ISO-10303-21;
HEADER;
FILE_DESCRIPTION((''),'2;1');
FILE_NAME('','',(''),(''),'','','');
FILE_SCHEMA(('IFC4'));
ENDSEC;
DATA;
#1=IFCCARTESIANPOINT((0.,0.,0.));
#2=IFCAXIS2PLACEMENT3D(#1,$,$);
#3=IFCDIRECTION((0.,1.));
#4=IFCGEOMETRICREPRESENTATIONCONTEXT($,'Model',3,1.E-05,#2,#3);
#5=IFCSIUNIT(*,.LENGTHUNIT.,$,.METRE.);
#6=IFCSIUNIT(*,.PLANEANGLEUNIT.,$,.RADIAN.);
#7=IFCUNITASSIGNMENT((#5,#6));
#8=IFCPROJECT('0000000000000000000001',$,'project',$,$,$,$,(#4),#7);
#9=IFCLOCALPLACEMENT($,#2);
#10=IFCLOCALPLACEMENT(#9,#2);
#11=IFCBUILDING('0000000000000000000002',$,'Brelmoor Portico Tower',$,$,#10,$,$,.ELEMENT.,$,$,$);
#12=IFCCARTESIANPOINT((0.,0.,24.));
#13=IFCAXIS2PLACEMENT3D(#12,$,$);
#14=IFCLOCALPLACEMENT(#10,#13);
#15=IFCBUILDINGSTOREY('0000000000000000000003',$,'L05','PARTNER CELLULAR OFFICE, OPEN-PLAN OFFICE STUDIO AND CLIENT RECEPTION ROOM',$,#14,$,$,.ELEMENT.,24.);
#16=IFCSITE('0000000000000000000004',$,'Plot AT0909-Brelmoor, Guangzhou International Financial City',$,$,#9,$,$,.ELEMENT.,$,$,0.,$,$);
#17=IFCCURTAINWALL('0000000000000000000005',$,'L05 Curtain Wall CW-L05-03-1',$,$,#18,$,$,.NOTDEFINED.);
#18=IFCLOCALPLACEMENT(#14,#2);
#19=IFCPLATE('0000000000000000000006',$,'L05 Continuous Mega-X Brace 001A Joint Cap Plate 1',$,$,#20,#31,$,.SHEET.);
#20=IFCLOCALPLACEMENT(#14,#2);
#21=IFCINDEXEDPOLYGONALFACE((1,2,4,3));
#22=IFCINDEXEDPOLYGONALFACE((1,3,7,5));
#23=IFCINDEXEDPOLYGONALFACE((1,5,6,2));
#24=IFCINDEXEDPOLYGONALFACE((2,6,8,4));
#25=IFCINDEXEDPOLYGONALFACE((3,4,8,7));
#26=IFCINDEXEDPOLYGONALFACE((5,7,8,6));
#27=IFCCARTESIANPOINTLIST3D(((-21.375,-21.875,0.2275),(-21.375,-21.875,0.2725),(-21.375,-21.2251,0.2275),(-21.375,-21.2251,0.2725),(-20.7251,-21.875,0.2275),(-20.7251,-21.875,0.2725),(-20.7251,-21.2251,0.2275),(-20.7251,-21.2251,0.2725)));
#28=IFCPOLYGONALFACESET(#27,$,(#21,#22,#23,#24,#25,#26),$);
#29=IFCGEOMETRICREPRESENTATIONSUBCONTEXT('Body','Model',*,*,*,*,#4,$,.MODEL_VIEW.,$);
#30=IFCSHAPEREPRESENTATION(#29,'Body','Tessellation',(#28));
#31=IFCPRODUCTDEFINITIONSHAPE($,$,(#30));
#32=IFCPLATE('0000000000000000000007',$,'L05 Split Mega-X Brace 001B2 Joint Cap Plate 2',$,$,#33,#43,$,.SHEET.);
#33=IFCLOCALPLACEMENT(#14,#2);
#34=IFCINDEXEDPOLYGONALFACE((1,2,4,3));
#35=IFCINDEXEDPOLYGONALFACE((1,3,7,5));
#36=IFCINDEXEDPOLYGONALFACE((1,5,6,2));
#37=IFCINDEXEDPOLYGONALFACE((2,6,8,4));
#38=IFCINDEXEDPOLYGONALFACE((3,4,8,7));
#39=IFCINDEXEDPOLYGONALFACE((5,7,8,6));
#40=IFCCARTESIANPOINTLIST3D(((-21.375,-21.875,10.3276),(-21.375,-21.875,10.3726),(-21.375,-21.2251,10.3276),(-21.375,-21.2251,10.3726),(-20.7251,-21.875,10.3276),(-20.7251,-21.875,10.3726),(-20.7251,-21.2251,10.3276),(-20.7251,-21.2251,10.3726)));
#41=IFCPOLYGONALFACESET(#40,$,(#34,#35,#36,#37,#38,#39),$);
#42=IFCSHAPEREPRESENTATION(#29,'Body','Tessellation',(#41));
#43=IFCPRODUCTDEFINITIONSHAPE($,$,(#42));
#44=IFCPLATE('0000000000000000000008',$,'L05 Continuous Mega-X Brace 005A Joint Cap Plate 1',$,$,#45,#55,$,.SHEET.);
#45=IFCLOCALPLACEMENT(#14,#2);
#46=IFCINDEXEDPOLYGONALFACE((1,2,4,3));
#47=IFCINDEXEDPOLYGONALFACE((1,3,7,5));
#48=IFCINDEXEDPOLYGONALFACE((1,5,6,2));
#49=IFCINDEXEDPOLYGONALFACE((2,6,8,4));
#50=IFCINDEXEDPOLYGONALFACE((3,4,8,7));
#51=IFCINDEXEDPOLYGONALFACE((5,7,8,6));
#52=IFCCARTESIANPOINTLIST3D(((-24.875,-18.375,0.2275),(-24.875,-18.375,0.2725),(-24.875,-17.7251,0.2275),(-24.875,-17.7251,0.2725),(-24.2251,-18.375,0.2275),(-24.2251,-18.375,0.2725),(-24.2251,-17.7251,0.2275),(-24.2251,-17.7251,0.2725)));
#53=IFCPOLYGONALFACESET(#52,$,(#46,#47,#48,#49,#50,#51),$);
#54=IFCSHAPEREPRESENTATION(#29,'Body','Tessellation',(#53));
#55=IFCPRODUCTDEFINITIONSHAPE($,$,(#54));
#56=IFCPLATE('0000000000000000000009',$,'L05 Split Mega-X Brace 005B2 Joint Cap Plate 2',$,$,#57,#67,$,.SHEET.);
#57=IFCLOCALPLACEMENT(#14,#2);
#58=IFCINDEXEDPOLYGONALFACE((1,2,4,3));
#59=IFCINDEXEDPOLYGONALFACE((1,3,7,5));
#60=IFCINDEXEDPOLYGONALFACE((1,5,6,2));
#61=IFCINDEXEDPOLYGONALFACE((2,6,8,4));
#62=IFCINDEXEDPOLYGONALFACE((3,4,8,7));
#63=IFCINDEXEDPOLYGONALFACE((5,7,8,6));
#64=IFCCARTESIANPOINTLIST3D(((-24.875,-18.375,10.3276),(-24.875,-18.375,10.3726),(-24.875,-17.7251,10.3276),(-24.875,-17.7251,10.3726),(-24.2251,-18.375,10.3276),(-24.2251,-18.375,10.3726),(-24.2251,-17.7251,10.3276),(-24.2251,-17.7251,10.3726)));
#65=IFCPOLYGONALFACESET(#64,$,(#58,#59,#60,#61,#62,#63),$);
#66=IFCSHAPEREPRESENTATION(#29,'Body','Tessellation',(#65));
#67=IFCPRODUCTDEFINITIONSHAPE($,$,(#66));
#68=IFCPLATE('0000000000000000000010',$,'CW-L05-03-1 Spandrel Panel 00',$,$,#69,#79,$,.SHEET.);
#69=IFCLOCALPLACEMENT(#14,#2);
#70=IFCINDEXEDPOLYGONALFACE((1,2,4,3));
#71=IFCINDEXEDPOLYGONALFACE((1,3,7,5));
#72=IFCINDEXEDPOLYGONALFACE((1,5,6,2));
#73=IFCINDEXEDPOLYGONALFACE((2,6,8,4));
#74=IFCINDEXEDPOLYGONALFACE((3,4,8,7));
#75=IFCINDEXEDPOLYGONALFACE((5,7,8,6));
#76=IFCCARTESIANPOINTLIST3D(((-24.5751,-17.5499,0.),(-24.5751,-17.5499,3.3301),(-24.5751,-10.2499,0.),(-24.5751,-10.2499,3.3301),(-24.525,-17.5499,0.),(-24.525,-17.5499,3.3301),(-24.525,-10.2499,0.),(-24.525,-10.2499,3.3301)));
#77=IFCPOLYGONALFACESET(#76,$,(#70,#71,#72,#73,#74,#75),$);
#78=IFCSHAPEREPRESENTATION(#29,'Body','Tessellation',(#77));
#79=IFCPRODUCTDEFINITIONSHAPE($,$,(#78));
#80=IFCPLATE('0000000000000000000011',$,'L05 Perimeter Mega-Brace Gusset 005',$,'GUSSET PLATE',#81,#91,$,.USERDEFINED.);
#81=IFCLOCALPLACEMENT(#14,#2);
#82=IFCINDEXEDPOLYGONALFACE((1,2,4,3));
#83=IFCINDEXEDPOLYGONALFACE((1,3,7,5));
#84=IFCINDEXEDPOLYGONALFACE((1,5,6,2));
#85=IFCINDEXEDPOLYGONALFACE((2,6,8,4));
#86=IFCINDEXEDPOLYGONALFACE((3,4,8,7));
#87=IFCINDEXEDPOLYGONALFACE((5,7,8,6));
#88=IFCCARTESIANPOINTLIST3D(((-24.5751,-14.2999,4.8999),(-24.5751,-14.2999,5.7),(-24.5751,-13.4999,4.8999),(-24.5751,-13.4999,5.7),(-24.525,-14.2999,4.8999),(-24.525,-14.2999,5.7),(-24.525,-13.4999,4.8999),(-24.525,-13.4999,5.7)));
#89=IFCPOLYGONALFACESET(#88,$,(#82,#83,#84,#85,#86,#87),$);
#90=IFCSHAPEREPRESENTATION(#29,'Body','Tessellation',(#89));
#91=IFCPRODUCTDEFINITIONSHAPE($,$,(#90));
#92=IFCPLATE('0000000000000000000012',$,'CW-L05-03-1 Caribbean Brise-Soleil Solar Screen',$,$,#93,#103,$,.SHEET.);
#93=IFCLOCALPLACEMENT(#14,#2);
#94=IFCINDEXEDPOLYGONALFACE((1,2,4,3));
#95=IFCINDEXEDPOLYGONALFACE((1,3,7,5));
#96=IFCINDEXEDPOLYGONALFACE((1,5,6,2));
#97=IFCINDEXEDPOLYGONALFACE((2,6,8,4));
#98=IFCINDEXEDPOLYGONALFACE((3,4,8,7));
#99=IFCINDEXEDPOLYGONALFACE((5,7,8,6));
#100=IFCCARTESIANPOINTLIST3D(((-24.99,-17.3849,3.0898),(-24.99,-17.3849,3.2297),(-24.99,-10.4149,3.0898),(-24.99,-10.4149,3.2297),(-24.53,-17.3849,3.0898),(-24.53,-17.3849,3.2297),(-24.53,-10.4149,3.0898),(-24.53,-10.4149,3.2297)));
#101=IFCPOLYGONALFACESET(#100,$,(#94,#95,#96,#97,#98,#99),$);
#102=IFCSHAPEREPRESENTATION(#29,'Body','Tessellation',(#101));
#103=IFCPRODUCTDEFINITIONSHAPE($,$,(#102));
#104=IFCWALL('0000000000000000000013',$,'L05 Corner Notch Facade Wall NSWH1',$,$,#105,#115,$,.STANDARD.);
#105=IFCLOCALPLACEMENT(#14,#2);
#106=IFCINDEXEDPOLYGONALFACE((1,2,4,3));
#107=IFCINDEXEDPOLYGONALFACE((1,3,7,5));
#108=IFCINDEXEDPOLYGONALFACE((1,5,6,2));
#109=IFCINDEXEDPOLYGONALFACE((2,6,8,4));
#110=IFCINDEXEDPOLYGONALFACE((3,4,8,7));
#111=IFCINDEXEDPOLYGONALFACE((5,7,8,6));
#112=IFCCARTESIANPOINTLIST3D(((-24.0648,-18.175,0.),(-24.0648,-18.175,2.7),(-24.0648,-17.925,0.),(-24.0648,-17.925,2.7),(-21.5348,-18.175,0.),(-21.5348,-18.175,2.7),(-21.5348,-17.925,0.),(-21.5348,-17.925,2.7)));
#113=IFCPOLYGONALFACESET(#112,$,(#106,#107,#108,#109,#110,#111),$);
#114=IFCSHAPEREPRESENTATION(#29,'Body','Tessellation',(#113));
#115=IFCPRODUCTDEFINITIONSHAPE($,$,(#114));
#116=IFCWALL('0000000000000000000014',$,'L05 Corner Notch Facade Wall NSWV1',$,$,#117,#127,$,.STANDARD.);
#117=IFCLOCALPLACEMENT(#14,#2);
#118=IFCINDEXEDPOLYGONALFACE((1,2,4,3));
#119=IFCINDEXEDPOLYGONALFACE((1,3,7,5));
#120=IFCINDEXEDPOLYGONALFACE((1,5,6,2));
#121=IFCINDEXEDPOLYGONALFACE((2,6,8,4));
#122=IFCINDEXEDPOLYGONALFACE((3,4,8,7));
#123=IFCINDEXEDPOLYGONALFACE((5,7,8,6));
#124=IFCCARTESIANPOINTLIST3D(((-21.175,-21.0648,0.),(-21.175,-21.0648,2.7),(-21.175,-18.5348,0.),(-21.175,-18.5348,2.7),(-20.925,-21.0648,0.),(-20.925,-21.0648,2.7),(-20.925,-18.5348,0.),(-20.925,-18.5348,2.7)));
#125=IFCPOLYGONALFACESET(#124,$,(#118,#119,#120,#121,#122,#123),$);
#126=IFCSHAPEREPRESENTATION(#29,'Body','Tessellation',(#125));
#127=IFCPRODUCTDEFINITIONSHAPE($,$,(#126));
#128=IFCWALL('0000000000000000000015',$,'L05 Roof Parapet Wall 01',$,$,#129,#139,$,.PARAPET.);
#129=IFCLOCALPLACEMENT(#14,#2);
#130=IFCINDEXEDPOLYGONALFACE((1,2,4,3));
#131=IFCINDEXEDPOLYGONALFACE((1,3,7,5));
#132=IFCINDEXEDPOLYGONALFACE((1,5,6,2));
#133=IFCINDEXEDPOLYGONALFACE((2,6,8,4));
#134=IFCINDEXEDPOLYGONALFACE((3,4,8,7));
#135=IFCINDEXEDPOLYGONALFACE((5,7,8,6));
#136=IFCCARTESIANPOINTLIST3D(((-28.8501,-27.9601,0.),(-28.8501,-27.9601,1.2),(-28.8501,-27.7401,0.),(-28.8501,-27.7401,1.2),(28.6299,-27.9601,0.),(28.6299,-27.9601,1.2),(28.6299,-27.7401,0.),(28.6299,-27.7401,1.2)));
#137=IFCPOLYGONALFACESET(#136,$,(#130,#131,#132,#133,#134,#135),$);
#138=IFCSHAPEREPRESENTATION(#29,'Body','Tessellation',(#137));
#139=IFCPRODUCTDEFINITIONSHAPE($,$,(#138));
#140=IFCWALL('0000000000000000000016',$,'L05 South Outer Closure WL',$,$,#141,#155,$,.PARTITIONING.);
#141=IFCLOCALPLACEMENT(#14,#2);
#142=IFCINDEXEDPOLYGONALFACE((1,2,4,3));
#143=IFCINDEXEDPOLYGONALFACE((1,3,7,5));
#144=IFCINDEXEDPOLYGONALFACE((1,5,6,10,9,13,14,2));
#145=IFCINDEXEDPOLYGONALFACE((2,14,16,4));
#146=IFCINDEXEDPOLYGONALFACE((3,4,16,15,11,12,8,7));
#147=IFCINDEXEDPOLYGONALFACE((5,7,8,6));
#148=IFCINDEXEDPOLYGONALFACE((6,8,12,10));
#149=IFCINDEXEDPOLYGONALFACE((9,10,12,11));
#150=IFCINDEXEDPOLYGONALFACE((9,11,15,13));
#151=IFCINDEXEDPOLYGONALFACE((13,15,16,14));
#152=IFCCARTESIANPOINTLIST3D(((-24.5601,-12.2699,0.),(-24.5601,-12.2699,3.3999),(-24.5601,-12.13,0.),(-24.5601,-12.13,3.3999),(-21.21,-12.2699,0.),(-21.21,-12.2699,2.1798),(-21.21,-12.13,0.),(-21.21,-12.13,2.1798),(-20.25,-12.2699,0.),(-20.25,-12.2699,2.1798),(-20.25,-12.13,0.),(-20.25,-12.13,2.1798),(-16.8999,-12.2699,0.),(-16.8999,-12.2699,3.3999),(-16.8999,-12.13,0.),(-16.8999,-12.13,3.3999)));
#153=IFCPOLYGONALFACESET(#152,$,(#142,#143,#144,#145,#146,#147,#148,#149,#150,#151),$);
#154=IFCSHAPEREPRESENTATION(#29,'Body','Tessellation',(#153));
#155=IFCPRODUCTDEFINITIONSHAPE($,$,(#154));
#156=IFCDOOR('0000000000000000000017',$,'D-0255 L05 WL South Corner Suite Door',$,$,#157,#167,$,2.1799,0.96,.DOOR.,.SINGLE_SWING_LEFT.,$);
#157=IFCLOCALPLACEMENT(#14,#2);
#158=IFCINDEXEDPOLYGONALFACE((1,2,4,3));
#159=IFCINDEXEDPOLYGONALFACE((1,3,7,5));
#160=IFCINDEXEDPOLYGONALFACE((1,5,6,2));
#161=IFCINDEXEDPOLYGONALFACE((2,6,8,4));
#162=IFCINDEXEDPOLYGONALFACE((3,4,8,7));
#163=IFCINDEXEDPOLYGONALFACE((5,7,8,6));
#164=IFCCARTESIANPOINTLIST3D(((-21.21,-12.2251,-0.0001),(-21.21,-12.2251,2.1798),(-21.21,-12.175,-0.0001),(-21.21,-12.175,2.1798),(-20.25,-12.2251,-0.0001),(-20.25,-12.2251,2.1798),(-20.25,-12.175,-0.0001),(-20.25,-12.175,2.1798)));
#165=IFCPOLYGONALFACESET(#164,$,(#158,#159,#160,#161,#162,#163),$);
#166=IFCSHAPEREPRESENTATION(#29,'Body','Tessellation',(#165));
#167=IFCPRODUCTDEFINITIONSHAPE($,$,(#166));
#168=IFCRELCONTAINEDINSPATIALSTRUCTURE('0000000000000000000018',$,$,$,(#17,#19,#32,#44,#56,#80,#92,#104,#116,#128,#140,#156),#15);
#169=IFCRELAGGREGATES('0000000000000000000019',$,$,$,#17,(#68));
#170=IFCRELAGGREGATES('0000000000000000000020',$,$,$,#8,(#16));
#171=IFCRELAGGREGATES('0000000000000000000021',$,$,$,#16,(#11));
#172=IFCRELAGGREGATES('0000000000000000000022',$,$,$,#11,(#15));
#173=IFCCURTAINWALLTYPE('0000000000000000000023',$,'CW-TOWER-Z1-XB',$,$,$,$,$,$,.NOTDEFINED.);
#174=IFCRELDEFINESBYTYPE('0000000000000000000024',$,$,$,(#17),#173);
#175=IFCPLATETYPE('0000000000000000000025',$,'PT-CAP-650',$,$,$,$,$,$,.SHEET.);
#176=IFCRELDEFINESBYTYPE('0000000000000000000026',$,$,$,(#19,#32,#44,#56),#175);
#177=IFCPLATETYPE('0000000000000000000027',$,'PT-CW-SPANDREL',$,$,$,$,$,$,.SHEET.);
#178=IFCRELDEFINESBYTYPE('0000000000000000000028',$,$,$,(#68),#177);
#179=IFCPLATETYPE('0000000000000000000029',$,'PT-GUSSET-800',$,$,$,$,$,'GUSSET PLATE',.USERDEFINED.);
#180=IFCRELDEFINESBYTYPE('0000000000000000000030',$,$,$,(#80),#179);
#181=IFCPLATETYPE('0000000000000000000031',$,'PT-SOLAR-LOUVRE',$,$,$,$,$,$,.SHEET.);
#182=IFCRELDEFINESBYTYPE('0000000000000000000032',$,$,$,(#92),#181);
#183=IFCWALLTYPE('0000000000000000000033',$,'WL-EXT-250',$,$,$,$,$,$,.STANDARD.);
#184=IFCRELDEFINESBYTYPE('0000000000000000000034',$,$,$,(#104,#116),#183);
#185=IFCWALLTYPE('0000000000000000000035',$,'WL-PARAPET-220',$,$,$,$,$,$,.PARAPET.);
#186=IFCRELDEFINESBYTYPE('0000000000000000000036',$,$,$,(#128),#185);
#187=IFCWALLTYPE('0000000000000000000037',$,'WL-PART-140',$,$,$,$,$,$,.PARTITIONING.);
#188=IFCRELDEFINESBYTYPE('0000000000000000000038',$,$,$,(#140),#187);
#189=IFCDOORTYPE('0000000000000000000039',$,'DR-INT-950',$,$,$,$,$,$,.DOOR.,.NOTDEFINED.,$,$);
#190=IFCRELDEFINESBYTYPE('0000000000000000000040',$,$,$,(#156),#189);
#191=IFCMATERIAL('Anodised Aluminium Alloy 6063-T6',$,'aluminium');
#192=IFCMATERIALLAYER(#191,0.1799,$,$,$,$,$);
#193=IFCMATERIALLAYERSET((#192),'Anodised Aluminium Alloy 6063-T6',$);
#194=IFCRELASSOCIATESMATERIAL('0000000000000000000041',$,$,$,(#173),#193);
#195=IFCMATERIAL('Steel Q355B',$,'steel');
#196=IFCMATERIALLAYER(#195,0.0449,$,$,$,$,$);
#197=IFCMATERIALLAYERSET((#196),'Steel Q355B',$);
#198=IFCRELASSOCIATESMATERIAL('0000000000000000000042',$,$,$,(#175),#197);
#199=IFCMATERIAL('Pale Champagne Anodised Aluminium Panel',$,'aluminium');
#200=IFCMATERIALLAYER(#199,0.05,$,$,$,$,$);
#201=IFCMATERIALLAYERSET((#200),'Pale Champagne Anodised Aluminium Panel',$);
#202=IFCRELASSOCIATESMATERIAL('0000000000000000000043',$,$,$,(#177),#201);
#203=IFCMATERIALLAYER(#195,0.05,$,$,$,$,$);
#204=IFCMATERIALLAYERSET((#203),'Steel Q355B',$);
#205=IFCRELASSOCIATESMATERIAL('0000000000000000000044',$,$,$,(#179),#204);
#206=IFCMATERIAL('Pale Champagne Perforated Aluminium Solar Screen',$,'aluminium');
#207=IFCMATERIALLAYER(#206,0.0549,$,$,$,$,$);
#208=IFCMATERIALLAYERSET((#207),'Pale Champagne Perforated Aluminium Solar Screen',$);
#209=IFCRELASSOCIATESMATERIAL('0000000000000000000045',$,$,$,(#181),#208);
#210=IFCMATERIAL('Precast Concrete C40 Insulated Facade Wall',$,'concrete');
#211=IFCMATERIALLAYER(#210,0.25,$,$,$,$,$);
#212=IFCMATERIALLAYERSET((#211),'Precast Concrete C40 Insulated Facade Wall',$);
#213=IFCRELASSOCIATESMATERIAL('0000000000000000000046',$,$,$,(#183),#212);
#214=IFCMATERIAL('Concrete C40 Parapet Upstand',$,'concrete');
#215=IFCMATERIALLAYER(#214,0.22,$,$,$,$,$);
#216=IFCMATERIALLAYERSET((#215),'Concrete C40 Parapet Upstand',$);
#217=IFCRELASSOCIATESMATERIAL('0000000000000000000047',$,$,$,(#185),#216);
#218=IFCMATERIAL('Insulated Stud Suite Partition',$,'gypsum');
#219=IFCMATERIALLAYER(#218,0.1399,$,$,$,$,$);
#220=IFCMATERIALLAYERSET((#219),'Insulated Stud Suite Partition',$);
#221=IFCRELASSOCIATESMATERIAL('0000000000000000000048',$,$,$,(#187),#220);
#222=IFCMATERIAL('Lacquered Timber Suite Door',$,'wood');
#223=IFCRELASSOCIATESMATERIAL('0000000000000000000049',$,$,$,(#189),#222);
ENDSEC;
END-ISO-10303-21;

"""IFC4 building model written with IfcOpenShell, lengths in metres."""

from ifc_helpers import new_model, si_unit, direction, frame, frame_2d, origin, origin_2d, place, context, subcontext, project, spatial, rectangle, extrude, material, layer, layer_set, type_object, element, fill, aggregate, save


model = new_model("IFC4")

# Units and contexts
model_context = context("Model", 3, precision=1e-05, world=origin(), true_north=direction((0.0, 1.0)))
body_context = subcontext(model_context, "Body", "Model", "MODEL_VIEW")
ifc_project = project(units=[si_unit("LENGTHUNIT", "METRE"), si_unit("PLANEANGLEUNIT", "RADIAN")], contexts=[model_context])

# Site, building, storey
site_placement = place(None, origin())
site = spatial("IfcSite", under=ifc_project, at=site_placement, Name="Plot AT0909-Brelmoor, Guangzhou International Financial City", CompositionType="ELEMENT", RefElevation=0.0)
building_placement = place(site_placement, origin())
building = spatial("IfcBuilding", under=site, at=building_placement, Name="Brelmoor Portico Tower", CompositionType="ELEMENT")
storey_placement = place(building_placement, frame((0.0, 0.0, 24.0)))
storey = spatial("IfcBuildingStorey", under=building, at=storey_placement, Name="L05", Description="PARTNER CELLULAR OFFICE, OPEN-PLAN OFFICE STUDIO AND CLIENT RECEPTION ROOM", CompositionType="ELEMENT", Elevation=24.0)

# Shared definitions
ifc_material_1 = material(Name="Steel Q355B", Category="steel")

# Curtain wall
ifc_material_2 = material(Name="Anodised Aluminium Alloy 6063-T6", Category="aluminium")
ifc_layer_1 = layer(ifc_material_2, 0.1799)
ifc_layer_set_1 = layer_set([ifc_layer_1], Name="Anodised Aluminium Alloy 6063-T6")
curtain_wall_type = type_object("IfcCurtainWallType", Name="CW-TOWER-Z1-XB", PredefinedType="NOTDEFINED", material=ifc_layer_set_1)
curtain_wall_1_placement = place(storey_placement, origin())
curtain_wall_1 = element("IfcCurtainWall", 1, at=curtain_wall_1_placement, inside=storey, type_object=curtain_wall_type, Name="L05 Curtain Wall CW-L05-03-1", PredefinedType="NOTDEFINED")

# Plates
ifc_layer_2 = layer(ifc_material_1, 0.0449)
ifc_layer_set_2 = layer_set([ifc_layer_2], Name="Steel Q355B")
plate_type_1 = type_object("IfcPlateType", Name="PT-CAP-650", PredefinedType="SHEET", material=ifc_layer_set_2)
for number, where, z_axis, x_axis, name in (
    (2, (-21.05, -21.55, 0.2275), (0.0, 0.0, 1.0), (1.0, 0.0, 0.0), "L05 Continuous Mega-X Brace 001A Joint Cap Plate 1"),
    (3, (-21.05, -21.55, 10.3276), (0.0, 0.0, 1.0), (1.0, 0.0, 0.0), "L05 Split Mega-X Brace 001B2 Joint Cap Plate 2"),
    (4, (-24.55, -18.05, 0.2275), (0.0, 0.0, 1.0), (1.0, 0.0, 0.0), "L05 Continuous Mega-X Brace 005A Joint Cap Plate 1"),
    (5, (-24.55, -18.05, 10.3276), (0.0, 0.0, 1.0), (1.0, 0.0, 0.0), "L05 Split Mega-X Brace 005B2 Joint Cap Plate 2"),
):
    element("IfcPlate", number, at=place(storey_placement, frame(where, z_axis=z_axis, x_axis=x_axis)), inside=storey, type_object=plate_type_1, Name=name, PredefinedType="SHEET", context=body_context, shape_type="SweptSolid", body=[
        extrude(rectangle(XDim=0.6499, YDim=0.6499, at=origin_2d()), origin(), (0.0, 0.0, 1.0), 0.0449),
    ])

# Plate
ifc_material_3 = material(Name="Pale Champagne Anodised Aluminium Panel", Category="aluminium")
ifc_layer_3 = layer(ifc_material_3, 0.05)
ifc_layer_set_3 = layer_set([ifc_layer_3], Name="Pale Champagne Anodised Aluminium Panel")
plate_type_2 = type_object("IfcPlateType", Name="PT-CW-SPANDREL", PredefinedType="SHEET", material=ifc_layer_set_3)
plate_1_placement = place(storey_placement, frame((-24.55, -13.8999, 0.0), z_axis=(0.0, 0.0, 1.0), x_axis=(0.0, 1.0, 0.0)))
plate_1 = element("IfcPlate", 6, at=plate_1_placement, type_object=plate_type_2, Name="CW-L05-03-1 Spandrel Panel 00", PredefinedType="SHEET", context=body_context, shape_type="SweptSolid", body=[
    extrude(rectangle(XDim=7.3, YDim=0.05, at=origin_2d()), origin(), (0.0, 0.0, 1.0), 3.3301),
])
aggregate(curtain_wall_1, [plate_1])

# Plates
ifc_layer_4 = layer(ifc_material_1, 0.05)
ifc_layer_set_4 = layer_set([ifc_layer_4], Name="Steel Q355B")
plate_type_3 = type_object("IfcPlateType", Name="PT-GUSSET-800", ElementType="GUSSET PLATE", PredefinedType="USERDEFINED", material=ifc_layer_set_4)
plate_2_placement = place(storey_placement, frame((-24.55, -13.8999, 4.8999), z_axis=(0.0, 0.0, 1.0), x_axis=(1.0, 0.0, 0.0)))
element("IfcPlate", 7, at=plate_2_placement, inside=storey, type_object=plate_type_3, Name="L05 Perimeter Mega-Brace Gusset 005", ObjectType="GUSSET PLATE", PredefinedType="USERDEFINED", context=body_context, shape_type="SweptSolid", body=[
    extrude(rectangle(XDim=0.05, YDim=0.8, at=origin_2d()), origin(), (0.0, 0.0, 1.0), 0.8),
])
ifc_material_4 = material(Name="Pale Champagne Perforated Aluminium Solar Screen", Category="aluminium")
ifc_layer_5 = layer(ifc_material_4, 0.0549)
ifc_layer_set_5 = layer_set([ifc_layer_5], Name="Pale Champagne Perforated Aluminium Solar Screen")
plate_type_4 = type_object("IfcPlateType", Name="PT-SOLAR-LOUVRE", PredefinedType="SHEET", material=ifc_layer_set_5)
plate_3_placement = place(storey_placement, frame((-24.76, -13.8999, 3.0898), z_axis=(0.0, 0.0, 1.0), x_axis=(0.0, 1.0, 0.0)))
element("IfcPlate", 8, at=plate_3_placement, inside=storey, type_object=plate_type_4, Name="CW-L05-03-1 Caribbean Brise-Soleil Solar Screen", PredefinedType="SHEET", context=body_context, shape_type="SweptSolid", body=[
    extrude(rectangle(XDim=6.97, YDim=0.46, at=origin_2d()), origin(), (0.0, 0.0, 1.0), 0.1399),
])

# Walls
ifc_material_5 = material(Name="Precast Concrete C40 Insulated Facade Wall", Category="concrete")
ifc_layer_6 = layer(ifc_material_5, 0.25)
ifc_layer_set_6 = layer_set([ifc_layer_6], Name="Precast Concrete C40 Insulated Facade Wall")
wall_type_1 = type_object("IfcWallType", Name="WL-EXT-250", PredefinedType="STANDARD", material=ifc_layer_set_6)
for number, where, z_axis, x_axis, name in (
    (9, (-24.0649, -18.05, 0.0), (0.0, 0.0, 1.0), (1.0, 0.0, 0.0), "L05 Corner Notch Facade Wall NSWH1"),
    (10, (-21.05, -21.0649, 0.0), (0.0, 0.0, 1.0), (0.0, 1.0, 0.0), "L05 Corner Notch Facade Wall NSWV1"),
):
    element("IfcWall", number, at=place(storey_placement, frame(where, z_axis=z_axis, x_axis=x_axis)), inside=storey, type_object=wall_type_1, Name=name, PredefinedType="STANDARD", context=body_context, shape_type="SweptSolid", body=[
        extrude(rectangle(XDim=2.53, YDim=0.25, at=frame_2d((1.2651, 0.0))), origin(), (0.0, 0.0, 1.0), 2.7),
    ])
ifc_material_6 = material(Name="Concrete C40 Parapet Upstand", Category="concrete")
ifc_layer_7 = layer(ifc_material_6, 0.22)
ifc_layer_set_7 = layer_set([ifc_layer_7], Name="Concrete C40 Parapet Upstand")
wall_type_2 = type_object("IfcWallType", Name="WL-PARAPET-220", PredefinedType="PARAPET", material=ifc_layer_set_7)
wall_1_placement = place(storey_placement, frame((-28.8501, -27.8501, 0.0), z_axis=(0.0, 0.0, 1.0), x_axis=(1.0, 0.0, 0.0)))
element("IfcWall", 11, at=wall_1_placement, inside=storey, type_object=wall_type_2, Name="L05 Roof Parapet Wall 01", PredefinedType="PARAPET", context=body_context, shape_type="SweptSolid", body=[
    extrude(rectangle(XDim=57.48, YDim=0.22, at=frame_2d((28.74, 0.0))), origin(), (0.0, 0.0, 1.0), 1.2),
])

# Wall, opening, door
ifc_material_7 = material(Name="Insulated Stud Suite Partition", Category="gypsum")
ifc_layer_8 = layer(ifc_material_7, 0.1399)
ifc_layer_set_8 = layer_set([ifc_layer_8], Name="Insulated Stud Suite Partition")
wall_type_3 = type_object("IfcWallType", Name="WL-PART-140", PredefinedType="PARTITIONING", material=ifc_layer_set_8)
wall_2_placement = place(storey_placement, frame((-24.5601, -12.2, 0.0), z_axis=(0.0, 0.0, 1.0), x_axis=(1.0, 0.0, 0.0)))
wall_2 = element("IfcWall", 12, at=wall_2_placement, inside=storey, type_object=wall_type_3, Name="L05 South Outer Closure WL", PredefinedType="PARTITIONING", context=body_context, shape_type="SweptSolid", body=[
    extrude(rectangle(XDim=7.6602, YDim=0.1399, at=frame_2d((3.8301, 0.0))), origin(), (0.0, 0.0, 1.0), 3.3999),
])
opening_placement = place(wall_2_placement, frame((3.3501, 0.0, 0.0)))
opening = element("IfcOpeningElement", 13, at=opening_placement, cuts=wall_2, PredefinedType="OPENING", context=body_context, shape_type="SweptSolid", body=[
    extrude(rectangle(XDim=0.96, YDim=2.1799, at=frame_2d((0.48, 1.0898))), frame((0.0, 0.0798, 0.0), z_axis=(0.0, -1.0, 0.0), x_axis=(1.0, 0.0, 0.0)), (0.0, 0.0, 1.0), 0.1599),
])
ifc_material_8 = material(Name="Lacquered Timber Suite Door", Category="wood")
door_type = type_object("IfcDoorType", Name="DR-INT-950", OperationType="NOTDEFINED", PredefinedType="DOOR", material=ifc_material_8)
door_placement = place(opening_placement, origin())
door = element("IfcDoor", 14, at=door_placement, inside=storey, type_object=door_type, Name="D-0255 L05 WL South Corner Suite Door", OperationType="SINGLE_SWING_LEFT", OverallHeight=2.1799, OverallWidth=0.96, PredefinedType="DOOR", context=body_context, shape_type="SweptSolid", body=[
    extrude(rectangle(XDim=0.96, YDim=2.1799, at=frame_2d((0.48, 1.0898))), frame((0.0, 0.0249, 0.0), z_axis=(0.0, -1.0, 0.0), x_axis=(1.0, 0.0, 0.0)), (0.0, 0.0, 1.0), 0.05),
])
fill(opening, door)

save(model, "model.ifc")
